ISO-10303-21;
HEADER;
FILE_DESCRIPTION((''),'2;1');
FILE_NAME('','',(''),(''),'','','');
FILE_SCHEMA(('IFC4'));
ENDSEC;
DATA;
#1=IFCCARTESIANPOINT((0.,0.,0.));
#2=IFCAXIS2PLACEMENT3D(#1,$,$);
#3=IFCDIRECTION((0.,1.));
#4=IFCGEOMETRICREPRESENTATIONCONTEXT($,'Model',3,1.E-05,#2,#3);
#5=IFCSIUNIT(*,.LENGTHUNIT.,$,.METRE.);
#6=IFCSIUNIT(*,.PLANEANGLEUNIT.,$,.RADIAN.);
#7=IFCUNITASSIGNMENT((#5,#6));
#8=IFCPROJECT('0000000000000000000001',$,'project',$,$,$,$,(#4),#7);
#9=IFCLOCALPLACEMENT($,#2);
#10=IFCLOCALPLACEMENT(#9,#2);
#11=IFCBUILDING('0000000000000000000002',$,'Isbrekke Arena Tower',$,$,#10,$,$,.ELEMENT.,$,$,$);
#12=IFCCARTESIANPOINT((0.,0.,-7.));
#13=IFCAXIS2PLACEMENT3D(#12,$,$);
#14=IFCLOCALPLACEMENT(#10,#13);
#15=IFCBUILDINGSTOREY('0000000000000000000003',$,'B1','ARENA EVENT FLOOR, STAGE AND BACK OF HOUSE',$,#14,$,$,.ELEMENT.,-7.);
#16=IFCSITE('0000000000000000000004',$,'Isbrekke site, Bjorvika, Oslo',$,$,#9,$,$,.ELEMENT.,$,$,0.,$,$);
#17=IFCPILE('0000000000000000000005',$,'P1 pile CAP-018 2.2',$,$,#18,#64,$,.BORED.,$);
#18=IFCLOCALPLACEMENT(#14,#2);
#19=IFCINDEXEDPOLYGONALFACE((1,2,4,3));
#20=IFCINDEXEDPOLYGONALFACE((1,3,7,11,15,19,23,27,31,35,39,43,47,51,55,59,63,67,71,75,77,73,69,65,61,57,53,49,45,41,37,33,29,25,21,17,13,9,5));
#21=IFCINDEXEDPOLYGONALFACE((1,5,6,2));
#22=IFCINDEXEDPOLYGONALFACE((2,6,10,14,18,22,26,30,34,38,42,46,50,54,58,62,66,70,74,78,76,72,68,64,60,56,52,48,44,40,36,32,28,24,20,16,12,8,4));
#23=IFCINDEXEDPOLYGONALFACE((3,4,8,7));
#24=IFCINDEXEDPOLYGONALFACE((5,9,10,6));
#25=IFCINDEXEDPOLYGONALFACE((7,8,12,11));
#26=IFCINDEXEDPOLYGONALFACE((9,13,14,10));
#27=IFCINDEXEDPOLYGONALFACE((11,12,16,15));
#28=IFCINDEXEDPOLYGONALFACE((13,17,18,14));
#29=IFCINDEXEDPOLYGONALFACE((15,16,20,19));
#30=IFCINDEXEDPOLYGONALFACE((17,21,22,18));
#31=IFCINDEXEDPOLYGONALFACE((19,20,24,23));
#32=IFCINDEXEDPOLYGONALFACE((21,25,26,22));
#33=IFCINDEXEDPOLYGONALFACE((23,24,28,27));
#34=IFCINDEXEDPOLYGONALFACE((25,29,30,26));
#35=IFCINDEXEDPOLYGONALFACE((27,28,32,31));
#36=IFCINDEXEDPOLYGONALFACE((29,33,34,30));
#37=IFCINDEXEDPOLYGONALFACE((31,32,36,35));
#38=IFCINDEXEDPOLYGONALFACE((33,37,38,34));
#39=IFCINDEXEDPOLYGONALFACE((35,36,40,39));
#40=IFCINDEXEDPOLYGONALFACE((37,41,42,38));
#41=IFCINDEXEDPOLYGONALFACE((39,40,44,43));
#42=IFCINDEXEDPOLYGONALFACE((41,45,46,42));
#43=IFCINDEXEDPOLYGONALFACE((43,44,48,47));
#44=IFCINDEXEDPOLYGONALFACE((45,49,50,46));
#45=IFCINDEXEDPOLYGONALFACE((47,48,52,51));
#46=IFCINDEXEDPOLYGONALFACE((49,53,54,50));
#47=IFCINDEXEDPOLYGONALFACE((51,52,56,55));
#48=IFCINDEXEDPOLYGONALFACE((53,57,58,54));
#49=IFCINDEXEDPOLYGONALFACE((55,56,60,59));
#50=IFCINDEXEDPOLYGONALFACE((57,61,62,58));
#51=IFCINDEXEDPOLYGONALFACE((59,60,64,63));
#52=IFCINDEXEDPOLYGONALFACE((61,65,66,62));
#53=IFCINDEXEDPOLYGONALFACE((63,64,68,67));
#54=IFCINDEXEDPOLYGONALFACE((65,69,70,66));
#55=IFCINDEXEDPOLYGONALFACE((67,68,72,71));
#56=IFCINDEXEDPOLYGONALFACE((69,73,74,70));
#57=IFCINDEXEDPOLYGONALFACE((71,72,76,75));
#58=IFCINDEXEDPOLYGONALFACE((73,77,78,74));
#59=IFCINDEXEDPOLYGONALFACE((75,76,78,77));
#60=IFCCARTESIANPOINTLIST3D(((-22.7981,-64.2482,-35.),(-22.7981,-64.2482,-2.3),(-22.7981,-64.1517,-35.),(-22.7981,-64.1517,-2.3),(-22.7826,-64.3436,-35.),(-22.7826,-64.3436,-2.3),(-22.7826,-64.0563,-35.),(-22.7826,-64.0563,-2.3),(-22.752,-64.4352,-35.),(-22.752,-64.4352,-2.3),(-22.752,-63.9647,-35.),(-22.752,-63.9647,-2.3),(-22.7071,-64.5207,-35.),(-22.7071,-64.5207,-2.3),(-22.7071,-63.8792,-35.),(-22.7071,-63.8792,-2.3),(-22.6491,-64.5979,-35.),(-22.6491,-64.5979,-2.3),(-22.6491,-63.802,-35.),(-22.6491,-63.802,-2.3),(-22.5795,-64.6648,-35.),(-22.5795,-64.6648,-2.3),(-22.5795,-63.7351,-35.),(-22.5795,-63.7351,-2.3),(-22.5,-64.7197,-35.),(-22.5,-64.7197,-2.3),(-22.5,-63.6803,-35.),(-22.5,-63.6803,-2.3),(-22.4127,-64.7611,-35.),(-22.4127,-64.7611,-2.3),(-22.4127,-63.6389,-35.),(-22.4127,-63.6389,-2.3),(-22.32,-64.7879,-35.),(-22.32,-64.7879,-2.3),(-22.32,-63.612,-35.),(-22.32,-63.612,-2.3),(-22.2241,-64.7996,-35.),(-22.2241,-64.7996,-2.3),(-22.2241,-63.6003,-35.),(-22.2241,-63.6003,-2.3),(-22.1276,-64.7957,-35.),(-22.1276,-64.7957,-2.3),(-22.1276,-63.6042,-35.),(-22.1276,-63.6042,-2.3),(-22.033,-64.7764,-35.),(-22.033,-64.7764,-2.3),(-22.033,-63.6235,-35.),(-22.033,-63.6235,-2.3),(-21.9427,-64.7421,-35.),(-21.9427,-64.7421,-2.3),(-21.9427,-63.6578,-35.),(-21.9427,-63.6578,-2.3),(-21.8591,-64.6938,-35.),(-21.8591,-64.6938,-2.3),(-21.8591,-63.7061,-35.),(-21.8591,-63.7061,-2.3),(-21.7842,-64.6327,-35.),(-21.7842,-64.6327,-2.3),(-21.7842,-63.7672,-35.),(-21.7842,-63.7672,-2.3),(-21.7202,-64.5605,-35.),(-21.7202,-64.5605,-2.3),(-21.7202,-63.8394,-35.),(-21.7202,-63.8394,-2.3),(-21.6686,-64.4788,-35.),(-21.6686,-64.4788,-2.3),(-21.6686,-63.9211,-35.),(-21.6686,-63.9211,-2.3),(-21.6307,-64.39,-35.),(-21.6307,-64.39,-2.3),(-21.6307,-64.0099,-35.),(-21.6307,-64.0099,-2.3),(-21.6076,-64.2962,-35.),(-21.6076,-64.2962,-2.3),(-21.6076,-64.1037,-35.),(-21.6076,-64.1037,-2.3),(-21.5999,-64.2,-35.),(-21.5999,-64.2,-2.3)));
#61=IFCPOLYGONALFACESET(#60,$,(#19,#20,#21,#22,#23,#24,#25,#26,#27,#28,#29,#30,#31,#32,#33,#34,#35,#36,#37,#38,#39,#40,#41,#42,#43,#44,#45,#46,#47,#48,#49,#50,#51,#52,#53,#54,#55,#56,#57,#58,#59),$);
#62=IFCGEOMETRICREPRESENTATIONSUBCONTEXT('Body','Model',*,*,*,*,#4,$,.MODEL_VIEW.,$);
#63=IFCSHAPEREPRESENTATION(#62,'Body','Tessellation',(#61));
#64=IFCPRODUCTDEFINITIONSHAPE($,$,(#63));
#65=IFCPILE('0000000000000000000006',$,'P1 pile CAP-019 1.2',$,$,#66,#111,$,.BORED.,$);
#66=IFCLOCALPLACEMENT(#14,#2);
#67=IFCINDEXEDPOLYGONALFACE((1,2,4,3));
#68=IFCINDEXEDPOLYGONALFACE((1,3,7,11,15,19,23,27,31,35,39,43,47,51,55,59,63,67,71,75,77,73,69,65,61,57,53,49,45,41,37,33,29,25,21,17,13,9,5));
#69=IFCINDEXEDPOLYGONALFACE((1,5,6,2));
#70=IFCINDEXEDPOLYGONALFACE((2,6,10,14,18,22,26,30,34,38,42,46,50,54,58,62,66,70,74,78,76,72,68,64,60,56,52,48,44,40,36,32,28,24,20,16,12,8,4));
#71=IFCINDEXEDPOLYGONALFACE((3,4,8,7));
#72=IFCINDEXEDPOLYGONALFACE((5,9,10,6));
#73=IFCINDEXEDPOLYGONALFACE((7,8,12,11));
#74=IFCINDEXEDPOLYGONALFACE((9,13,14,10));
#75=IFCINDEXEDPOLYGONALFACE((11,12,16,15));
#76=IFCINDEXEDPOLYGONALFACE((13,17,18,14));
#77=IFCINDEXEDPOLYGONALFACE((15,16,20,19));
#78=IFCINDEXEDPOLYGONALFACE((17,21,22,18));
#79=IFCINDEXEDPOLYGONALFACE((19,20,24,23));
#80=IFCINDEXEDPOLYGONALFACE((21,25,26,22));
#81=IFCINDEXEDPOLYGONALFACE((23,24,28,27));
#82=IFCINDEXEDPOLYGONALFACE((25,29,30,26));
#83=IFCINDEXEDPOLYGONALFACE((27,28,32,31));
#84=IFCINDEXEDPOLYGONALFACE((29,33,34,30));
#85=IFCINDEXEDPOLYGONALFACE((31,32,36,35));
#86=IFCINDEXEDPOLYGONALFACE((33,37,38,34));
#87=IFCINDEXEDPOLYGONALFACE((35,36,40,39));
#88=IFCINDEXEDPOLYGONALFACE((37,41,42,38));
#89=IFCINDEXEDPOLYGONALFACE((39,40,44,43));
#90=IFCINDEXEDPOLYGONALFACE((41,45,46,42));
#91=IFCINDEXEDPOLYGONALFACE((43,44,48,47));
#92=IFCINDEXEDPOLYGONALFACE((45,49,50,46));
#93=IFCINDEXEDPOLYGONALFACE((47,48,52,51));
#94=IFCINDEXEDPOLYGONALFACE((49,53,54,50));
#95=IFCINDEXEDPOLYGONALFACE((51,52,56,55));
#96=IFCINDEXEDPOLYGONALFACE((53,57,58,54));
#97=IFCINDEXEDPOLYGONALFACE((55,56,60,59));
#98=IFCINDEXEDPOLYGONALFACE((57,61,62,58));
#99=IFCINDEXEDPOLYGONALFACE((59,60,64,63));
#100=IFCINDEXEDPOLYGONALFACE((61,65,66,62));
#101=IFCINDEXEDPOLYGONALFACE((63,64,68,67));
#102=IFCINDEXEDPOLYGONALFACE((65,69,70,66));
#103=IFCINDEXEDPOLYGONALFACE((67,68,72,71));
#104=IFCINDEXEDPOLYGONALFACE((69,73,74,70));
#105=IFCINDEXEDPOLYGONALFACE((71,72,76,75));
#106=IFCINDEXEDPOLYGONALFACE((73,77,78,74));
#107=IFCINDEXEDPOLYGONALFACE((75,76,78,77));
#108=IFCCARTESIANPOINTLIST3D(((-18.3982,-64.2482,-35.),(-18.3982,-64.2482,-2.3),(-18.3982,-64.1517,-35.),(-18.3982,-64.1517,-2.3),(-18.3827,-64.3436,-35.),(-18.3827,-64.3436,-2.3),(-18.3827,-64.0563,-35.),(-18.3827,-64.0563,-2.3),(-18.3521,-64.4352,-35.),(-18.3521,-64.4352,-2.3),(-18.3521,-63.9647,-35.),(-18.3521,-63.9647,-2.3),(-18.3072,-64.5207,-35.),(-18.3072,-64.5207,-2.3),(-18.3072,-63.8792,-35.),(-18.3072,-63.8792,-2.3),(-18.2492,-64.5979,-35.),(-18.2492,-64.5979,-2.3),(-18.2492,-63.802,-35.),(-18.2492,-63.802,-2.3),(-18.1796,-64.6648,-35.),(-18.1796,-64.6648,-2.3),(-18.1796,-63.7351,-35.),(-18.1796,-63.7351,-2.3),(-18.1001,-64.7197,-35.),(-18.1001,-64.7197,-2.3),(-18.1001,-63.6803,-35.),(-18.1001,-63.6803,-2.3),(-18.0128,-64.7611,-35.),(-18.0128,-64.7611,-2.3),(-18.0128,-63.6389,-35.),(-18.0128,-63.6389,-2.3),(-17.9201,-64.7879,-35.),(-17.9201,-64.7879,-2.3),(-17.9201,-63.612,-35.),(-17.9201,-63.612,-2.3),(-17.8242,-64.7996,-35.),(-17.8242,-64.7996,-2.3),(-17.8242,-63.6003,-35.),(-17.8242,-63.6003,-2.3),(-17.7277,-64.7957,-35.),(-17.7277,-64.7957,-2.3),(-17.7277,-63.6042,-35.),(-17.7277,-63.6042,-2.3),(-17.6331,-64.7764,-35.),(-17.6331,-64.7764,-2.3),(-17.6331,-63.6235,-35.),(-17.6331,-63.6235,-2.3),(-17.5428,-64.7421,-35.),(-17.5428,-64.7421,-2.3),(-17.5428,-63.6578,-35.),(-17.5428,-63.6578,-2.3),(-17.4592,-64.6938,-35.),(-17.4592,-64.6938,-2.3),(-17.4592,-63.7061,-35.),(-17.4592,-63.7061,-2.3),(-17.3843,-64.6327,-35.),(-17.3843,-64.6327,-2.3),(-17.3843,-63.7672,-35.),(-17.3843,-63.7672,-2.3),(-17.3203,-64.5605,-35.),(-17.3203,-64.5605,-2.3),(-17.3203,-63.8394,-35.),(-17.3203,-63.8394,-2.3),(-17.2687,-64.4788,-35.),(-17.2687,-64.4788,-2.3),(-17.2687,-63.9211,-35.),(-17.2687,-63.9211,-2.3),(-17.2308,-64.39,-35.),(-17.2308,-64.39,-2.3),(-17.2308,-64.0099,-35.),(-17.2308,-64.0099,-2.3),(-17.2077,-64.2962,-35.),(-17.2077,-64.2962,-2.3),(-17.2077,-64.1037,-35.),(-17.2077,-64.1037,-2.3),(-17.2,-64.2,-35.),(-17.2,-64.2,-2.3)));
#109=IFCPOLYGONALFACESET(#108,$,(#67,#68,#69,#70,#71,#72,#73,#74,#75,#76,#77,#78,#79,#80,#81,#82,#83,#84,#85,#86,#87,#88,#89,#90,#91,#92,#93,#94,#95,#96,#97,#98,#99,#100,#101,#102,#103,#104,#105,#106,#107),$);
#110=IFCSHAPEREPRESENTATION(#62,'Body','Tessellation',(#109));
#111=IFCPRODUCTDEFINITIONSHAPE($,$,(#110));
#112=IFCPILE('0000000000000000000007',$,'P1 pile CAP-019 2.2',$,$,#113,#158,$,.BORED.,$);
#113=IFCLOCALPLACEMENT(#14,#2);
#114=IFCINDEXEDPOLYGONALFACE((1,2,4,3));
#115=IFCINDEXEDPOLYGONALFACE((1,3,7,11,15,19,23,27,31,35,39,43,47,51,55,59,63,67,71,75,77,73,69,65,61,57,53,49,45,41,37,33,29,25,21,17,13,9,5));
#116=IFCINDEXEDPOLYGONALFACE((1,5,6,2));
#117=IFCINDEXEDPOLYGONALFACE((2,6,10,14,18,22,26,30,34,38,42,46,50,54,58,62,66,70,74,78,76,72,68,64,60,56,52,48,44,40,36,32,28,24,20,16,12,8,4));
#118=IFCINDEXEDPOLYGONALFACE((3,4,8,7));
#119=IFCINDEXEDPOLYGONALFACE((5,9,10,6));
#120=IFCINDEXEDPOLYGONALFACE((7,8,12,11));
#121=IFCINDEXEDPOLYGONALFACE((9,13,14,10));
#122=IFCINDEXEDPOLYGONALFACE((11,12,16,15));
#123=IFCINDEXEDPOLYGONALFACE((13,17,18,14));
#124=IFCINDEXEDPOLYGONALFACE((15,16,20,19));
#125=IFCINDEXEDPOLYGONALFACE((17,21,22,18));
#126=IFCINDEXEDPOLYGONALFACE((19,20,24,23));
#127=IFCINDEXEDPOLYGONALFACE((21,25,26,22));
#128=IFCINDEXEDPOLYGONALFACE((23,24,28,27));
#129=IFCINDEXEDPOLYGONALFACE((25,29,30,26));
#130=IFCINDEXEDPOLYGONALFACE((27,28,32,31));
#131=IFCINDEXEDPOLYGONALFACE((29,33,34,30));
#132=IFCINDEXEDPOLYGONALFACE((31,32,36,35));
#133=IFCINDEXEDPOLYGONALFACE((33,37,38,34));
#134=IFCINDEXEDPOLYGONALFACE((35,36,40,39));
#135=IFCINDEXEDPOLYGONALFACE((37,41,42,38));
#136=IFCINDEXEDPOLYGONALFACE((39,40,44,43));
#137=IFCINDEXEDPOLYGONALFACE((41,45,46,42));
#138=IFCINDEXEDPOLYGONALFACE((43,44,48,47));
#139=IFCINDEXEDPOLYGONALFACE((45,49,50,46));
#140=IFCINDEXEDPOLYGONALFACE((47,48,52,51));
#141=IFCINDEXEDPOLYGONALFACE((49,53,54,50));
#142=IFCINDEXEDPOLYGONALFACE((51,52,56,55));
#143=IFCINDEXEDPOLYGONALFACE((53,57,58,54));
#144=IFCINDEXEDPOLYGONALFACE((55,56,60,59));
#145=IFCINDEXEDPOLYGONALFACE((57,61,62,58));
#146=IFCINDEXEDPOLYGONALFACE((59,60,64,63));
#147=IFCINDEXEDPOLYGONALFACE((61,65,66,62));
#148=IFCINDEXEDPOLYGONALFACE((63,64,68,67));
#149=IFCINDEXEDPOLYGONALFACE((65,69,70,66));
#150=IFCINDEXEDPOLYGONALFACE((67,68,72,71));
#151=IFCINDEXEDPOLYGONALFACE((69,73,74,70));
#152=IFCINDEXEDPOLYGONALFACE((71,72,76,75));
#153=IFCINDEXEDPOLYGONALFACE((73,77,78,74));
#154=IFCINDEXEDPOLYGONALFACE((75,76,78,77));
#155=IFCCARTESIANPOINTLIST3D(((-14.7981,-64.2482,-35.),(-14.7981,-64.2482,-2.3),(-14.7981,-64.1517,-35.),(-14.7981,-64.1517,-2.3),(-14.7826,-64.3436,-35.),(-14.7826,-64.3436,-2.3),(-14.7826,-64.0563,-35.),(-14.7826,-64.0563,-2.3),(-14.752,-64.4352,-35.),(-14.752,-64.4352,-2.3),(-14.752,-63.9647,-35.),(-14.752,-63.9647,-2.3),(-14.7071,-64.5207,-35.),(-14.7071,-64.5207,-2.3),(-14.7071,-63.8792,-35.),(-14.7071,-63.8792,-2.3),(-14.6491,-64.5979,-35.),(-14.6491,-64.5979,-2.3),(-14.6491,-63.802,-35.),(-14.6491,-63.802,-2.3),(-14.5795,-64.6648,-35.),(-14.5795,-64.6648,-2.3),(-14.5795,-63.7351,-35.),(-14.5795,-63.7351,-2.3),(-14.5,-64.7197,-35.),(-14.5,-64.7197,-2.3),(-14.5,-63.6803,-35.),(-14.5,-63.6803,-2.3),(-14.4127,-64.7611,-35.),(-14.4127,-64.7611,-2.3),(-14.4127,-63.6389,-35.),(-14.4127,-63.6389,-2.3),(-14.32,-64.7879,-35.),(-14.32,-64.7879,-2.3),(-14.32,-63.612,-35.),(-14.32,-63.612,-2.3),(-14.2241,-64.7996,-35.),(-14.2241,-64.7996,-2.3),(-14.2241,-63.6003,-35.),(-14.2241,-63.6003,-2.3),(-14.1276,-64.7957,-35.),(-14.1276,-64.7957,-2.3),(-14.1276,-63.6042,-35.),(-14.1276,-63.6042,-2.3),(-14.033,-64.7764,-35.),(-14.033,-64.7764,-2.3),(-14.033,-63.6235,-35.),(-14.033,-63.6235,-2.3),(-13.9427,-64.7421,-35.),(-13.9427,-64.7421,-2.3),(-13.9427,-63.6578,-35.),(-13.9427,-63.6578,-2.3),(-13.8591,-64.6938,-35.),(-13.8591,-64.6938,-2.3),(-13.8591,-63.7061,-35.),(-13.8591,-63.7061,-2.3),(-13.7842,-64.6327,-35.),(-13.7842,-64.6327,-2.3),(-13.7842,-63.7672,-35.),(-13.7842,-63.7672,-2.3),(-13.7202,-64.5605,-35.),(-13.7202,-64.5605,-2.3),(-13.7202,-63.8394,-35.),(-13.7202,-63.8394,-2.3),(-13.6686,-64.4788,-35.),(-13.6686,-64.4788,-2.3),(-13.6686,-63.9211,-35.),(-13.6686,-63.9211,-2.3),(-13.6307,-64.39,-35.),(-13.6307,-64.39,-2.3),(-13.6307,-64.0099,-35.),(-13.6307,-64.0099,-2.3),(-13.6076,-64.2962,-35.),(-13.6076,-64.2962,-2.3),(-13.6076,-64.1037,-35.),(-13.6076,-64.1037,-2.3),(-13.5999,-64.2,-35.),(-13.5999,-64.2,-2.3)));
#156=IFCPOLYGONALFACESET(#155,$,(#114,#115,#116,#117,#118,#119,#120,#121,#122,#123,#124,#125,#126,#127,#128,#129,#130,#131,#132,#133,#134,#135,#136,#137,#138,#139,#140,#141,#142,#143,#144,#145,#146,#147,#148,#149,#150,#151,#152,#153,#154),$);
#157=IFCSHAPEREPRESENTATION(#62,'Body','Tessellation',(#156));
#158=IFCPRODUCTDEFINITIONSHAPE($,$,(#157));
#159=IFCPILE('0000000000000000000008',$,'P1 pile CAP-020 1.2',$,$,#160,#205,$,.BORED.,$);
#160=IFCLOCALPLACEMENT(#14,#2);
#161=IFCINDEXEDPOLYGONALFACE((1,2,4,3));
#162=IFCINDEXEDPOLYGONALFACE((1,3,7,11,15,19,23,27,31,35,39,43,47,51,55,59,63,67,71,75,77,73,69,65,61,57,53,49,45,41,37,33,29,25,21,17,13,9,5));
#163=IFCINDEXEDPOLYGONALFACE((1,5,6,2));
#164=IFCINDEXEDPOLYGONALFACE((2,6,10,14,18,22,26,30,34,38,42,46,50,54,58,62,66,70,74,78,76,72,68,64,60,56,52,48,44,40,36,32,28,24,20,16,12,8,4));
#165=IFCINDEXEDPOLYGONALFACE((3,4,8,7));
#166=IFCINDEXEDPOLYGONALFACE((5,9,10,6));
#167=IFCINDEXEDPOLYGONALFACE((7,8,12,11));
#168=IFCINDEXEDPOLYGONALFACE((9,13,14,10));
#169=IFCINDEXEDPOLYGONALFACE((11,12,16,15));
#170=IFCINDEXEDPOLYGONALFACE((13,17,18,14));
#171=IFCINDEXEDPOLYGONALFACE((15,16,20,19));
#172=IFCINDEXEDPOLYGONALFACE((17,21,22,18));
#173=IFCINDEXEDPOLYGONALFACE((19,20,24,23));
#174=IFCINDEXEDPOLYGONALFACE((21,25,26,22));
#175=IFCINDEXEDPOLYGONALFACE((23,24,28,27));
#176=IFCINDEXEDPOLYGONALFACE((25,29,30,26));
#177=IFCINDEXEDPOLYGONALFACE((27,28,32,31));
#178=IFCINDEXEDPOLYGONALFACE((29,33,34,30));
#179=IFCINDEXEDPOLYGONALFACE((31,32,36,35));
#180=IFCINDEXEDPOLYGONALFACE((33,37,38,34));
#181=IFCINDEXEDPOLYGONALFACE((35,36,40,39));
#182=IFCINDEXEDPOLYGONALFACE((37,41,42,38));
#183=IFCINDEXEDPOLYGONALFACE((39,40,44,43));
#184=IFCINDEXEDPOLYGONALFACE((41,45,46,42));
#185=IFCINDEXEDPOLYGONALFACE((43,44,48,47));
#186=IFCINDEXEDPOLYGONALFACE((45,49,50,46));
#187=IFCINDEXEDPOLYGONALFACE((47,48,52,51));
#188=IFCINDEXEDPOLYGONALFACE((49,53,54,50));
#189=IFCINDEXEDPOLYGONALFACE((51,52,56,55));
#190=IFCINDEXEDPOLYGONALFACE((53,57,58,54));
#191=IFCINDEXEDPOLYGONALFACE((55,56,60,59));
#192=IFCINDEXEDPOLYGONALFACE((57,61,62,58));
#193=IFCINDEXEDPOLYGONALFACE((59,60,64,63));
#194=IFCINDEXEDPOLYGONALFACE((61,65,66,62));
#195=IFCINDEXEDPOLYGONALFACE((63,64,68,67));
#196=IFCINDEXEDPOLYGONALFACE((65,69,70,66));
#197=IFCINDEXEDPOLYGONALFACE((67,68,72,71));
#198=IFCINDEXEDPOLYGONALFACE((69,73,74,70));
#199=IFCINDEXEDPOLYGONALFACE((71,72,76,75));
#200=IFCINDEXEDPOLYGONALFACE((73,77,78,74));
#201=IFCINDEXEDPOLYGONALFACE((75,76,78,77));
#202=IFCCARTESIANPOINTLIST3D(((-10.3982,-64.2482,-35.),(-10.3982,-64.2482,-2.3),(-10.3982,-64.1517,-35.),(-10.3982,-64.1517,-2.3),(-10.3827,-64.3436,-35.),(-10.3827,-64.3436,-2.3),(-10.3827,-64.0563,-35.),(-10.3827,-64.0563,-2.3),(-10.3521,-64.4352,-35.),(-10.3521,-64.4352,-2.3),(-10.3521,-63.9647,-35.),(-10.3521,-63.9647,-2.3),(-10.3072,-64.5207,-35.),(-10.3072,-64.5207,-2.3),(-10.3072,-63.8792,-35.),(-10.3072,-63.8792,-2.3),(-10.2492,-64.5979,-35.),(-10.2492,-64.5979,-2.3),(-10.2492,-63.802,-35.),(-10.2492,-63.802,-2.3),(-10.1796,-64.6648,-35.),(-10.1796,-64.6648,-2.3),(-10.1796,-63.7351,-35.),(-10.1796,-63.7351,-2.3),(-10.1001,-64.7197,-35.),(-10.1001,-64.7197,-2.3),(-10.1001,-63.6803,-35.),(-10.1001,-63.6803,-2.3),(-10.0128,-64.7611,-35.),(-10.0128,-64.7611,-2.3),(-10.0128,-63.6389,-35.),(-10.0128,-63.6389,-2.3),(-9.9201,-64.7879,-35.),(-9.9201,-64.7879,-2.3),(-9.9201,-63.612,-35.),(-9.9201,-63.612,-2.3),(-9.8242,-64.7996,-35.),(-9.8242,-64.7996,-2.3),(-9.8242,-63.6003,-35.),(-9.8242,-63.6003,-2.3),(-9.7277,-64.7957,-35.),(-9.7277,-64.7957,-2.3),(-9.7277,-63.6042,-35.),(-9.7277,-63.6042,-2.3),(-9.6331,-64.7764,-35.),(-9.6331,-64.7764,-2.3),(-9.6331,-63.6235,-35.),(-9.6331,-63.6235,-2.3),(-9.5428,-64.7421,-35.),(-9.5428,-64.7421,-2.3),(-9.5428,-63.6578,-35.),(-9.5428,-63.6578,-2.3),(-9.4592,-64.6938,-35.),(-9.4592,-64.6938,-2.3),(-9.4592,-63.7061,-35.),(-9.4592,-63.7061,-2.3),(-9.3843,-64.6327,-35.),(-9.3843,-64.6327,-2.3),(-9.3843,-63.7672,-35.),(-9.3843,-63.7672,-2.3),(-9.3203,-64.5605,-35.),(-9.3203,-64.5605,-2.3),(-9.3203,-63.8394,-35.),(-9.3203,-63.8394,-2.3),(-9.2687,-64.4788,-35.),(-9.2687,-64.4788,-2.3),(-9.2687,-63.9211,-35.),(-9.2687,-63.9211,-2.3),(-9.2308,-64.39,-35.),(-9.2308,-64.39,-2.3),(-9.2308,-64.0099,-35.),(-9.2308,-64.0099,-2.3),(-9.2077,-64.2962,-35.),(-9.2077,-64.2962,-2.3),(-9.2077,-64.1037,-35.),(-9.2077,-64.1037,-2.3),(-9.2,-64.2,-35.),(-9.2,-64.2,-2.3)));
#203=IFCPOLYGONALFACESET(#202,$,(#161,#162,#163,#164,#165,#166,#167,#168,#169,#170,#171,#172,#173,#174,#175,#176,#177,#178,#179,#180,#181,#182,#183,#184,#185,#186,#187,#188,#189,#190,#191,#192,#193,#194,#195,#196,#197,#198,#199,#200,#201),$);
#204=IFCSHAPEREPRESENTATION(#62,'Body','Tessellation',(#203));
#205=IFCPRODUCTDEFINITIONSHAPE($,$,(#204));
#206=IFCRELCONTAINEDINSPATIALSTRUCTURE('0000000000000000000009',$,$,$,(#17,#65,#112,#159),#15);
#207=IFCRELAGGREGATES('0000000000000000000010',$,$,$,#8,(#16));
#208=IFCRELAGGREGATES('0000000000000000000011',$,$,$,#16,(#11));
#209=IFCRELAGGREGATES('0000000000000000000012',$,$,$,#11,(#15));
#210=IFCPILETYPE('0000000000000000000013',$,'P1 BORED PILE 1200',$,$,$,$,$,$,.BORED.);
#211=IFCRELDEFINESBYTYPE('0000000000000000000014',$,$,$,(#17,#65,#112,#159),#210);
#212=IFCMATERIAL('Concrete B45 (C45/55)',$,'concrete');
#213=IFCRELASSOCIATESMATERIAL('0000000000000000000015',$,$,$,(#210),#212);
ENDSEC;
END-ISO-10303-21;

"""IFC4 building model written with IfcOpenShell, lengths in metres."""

from ifc_helpers import new_model, si_unit, direction, frame, origin, origin_2d, place, context, subcontext, project, spatial, circle, extrude, material, material_profile, profile_set, type_object, element, save


model = new_model("IFC4")

# Units and contexts
model_context = context("Model", 3, precision=1e-05, world=origin(), true_north=direction((0.0, 1.0)))
body_context = subcontext(model_context, "Body", "Model", "MODEL_VIEW")
ifc_project = project(units=[si_unit("LENGTHUNIT", "METRE"), si_unit("PLANEANGLEUNIT", "RADIAN")], contexts=[model_context])

# Site, building, storey
site_placement = place(None, origin())
site = spatial("IfcSite", under=ifc_project, at=site_placement, Name="Isbrekke site, Bjorvika, Oslo", CompositionType="ELEMENT", RefElevation=0.0)
building_placement = place(site_placement, origin())
building = spatial("IfcBuilding", under=site, at=building_placement, Name="Isbrekke Arena Tower", CompositionType="ELEMENT")
storey_placement = place(building_placement, frame((0.0, 0.0, -7.0)))
storey = spatial("IfcBuildingStorey", under=building, at=storey_placement, Name="B1", Description="ARENA EVENT FLOOR, STAGE AND BACK OF HOUSE", CompositionType="ELEMENT", Elevation=-7.0)

# Piles
ifc_material_1 = material(Name="Concrete B45 (C45/55)", Category="concrete")
ifc_material_profile_1 = material_profile(ifc_material_1, circle(Radius=0.6001, at=origin_2d()), Name="BORED PILE D1200")
ifc_profile_set_1 = profile_set([ifc_material_profile_1], Name="Concrete B45 (C45/55)")
pile_type = type_object("IfcPileType", Name="P1 BORED PILE 1200", PredefinedType="BORED", material=ifc_profile_set_1)
for number, where, z_axis, x_axis, name in (
    (1, (-22.2, -64.2, -2.3), (0.0, 0.0, -1.0), (1.0, 0.0, 0.0), "P1 pile CAP-018 2.2"),
    (2, (-17.8, -64.2, -2.3), (0.0, 0.0, -1.0), (1.0, 0.0, 0.0), "P1 pile CAP-019 1.2"),
    (3, (-14.2, -64.2, -2.3), (0.0, 0.0, -1.0), (1.0, 0.0, 0.0), "P1 pile CAP-019 2.2"),
    (4, (-9.8, -64.2, -2.3), (0.0, 0.0, -1.0), (1.0, 0.0, 0.0), "P1 pile CAP-020 1.2"),
):
    element("IfcPile", number, at=place(storey_placement, frame(where, z_axis=z_axis, x_axis=x_axis)), inside=storey, type_object=pile_type, Name=name, PredefinedType="BORED", context=body_context, shape_type="SweptSolid", body=[
        extrude(circle(Radius=0.6001, at=origin_2d()), origin(), (0.0, 0.0, 1.0), 32.7),
    ])

save(model, "model.ifc")
